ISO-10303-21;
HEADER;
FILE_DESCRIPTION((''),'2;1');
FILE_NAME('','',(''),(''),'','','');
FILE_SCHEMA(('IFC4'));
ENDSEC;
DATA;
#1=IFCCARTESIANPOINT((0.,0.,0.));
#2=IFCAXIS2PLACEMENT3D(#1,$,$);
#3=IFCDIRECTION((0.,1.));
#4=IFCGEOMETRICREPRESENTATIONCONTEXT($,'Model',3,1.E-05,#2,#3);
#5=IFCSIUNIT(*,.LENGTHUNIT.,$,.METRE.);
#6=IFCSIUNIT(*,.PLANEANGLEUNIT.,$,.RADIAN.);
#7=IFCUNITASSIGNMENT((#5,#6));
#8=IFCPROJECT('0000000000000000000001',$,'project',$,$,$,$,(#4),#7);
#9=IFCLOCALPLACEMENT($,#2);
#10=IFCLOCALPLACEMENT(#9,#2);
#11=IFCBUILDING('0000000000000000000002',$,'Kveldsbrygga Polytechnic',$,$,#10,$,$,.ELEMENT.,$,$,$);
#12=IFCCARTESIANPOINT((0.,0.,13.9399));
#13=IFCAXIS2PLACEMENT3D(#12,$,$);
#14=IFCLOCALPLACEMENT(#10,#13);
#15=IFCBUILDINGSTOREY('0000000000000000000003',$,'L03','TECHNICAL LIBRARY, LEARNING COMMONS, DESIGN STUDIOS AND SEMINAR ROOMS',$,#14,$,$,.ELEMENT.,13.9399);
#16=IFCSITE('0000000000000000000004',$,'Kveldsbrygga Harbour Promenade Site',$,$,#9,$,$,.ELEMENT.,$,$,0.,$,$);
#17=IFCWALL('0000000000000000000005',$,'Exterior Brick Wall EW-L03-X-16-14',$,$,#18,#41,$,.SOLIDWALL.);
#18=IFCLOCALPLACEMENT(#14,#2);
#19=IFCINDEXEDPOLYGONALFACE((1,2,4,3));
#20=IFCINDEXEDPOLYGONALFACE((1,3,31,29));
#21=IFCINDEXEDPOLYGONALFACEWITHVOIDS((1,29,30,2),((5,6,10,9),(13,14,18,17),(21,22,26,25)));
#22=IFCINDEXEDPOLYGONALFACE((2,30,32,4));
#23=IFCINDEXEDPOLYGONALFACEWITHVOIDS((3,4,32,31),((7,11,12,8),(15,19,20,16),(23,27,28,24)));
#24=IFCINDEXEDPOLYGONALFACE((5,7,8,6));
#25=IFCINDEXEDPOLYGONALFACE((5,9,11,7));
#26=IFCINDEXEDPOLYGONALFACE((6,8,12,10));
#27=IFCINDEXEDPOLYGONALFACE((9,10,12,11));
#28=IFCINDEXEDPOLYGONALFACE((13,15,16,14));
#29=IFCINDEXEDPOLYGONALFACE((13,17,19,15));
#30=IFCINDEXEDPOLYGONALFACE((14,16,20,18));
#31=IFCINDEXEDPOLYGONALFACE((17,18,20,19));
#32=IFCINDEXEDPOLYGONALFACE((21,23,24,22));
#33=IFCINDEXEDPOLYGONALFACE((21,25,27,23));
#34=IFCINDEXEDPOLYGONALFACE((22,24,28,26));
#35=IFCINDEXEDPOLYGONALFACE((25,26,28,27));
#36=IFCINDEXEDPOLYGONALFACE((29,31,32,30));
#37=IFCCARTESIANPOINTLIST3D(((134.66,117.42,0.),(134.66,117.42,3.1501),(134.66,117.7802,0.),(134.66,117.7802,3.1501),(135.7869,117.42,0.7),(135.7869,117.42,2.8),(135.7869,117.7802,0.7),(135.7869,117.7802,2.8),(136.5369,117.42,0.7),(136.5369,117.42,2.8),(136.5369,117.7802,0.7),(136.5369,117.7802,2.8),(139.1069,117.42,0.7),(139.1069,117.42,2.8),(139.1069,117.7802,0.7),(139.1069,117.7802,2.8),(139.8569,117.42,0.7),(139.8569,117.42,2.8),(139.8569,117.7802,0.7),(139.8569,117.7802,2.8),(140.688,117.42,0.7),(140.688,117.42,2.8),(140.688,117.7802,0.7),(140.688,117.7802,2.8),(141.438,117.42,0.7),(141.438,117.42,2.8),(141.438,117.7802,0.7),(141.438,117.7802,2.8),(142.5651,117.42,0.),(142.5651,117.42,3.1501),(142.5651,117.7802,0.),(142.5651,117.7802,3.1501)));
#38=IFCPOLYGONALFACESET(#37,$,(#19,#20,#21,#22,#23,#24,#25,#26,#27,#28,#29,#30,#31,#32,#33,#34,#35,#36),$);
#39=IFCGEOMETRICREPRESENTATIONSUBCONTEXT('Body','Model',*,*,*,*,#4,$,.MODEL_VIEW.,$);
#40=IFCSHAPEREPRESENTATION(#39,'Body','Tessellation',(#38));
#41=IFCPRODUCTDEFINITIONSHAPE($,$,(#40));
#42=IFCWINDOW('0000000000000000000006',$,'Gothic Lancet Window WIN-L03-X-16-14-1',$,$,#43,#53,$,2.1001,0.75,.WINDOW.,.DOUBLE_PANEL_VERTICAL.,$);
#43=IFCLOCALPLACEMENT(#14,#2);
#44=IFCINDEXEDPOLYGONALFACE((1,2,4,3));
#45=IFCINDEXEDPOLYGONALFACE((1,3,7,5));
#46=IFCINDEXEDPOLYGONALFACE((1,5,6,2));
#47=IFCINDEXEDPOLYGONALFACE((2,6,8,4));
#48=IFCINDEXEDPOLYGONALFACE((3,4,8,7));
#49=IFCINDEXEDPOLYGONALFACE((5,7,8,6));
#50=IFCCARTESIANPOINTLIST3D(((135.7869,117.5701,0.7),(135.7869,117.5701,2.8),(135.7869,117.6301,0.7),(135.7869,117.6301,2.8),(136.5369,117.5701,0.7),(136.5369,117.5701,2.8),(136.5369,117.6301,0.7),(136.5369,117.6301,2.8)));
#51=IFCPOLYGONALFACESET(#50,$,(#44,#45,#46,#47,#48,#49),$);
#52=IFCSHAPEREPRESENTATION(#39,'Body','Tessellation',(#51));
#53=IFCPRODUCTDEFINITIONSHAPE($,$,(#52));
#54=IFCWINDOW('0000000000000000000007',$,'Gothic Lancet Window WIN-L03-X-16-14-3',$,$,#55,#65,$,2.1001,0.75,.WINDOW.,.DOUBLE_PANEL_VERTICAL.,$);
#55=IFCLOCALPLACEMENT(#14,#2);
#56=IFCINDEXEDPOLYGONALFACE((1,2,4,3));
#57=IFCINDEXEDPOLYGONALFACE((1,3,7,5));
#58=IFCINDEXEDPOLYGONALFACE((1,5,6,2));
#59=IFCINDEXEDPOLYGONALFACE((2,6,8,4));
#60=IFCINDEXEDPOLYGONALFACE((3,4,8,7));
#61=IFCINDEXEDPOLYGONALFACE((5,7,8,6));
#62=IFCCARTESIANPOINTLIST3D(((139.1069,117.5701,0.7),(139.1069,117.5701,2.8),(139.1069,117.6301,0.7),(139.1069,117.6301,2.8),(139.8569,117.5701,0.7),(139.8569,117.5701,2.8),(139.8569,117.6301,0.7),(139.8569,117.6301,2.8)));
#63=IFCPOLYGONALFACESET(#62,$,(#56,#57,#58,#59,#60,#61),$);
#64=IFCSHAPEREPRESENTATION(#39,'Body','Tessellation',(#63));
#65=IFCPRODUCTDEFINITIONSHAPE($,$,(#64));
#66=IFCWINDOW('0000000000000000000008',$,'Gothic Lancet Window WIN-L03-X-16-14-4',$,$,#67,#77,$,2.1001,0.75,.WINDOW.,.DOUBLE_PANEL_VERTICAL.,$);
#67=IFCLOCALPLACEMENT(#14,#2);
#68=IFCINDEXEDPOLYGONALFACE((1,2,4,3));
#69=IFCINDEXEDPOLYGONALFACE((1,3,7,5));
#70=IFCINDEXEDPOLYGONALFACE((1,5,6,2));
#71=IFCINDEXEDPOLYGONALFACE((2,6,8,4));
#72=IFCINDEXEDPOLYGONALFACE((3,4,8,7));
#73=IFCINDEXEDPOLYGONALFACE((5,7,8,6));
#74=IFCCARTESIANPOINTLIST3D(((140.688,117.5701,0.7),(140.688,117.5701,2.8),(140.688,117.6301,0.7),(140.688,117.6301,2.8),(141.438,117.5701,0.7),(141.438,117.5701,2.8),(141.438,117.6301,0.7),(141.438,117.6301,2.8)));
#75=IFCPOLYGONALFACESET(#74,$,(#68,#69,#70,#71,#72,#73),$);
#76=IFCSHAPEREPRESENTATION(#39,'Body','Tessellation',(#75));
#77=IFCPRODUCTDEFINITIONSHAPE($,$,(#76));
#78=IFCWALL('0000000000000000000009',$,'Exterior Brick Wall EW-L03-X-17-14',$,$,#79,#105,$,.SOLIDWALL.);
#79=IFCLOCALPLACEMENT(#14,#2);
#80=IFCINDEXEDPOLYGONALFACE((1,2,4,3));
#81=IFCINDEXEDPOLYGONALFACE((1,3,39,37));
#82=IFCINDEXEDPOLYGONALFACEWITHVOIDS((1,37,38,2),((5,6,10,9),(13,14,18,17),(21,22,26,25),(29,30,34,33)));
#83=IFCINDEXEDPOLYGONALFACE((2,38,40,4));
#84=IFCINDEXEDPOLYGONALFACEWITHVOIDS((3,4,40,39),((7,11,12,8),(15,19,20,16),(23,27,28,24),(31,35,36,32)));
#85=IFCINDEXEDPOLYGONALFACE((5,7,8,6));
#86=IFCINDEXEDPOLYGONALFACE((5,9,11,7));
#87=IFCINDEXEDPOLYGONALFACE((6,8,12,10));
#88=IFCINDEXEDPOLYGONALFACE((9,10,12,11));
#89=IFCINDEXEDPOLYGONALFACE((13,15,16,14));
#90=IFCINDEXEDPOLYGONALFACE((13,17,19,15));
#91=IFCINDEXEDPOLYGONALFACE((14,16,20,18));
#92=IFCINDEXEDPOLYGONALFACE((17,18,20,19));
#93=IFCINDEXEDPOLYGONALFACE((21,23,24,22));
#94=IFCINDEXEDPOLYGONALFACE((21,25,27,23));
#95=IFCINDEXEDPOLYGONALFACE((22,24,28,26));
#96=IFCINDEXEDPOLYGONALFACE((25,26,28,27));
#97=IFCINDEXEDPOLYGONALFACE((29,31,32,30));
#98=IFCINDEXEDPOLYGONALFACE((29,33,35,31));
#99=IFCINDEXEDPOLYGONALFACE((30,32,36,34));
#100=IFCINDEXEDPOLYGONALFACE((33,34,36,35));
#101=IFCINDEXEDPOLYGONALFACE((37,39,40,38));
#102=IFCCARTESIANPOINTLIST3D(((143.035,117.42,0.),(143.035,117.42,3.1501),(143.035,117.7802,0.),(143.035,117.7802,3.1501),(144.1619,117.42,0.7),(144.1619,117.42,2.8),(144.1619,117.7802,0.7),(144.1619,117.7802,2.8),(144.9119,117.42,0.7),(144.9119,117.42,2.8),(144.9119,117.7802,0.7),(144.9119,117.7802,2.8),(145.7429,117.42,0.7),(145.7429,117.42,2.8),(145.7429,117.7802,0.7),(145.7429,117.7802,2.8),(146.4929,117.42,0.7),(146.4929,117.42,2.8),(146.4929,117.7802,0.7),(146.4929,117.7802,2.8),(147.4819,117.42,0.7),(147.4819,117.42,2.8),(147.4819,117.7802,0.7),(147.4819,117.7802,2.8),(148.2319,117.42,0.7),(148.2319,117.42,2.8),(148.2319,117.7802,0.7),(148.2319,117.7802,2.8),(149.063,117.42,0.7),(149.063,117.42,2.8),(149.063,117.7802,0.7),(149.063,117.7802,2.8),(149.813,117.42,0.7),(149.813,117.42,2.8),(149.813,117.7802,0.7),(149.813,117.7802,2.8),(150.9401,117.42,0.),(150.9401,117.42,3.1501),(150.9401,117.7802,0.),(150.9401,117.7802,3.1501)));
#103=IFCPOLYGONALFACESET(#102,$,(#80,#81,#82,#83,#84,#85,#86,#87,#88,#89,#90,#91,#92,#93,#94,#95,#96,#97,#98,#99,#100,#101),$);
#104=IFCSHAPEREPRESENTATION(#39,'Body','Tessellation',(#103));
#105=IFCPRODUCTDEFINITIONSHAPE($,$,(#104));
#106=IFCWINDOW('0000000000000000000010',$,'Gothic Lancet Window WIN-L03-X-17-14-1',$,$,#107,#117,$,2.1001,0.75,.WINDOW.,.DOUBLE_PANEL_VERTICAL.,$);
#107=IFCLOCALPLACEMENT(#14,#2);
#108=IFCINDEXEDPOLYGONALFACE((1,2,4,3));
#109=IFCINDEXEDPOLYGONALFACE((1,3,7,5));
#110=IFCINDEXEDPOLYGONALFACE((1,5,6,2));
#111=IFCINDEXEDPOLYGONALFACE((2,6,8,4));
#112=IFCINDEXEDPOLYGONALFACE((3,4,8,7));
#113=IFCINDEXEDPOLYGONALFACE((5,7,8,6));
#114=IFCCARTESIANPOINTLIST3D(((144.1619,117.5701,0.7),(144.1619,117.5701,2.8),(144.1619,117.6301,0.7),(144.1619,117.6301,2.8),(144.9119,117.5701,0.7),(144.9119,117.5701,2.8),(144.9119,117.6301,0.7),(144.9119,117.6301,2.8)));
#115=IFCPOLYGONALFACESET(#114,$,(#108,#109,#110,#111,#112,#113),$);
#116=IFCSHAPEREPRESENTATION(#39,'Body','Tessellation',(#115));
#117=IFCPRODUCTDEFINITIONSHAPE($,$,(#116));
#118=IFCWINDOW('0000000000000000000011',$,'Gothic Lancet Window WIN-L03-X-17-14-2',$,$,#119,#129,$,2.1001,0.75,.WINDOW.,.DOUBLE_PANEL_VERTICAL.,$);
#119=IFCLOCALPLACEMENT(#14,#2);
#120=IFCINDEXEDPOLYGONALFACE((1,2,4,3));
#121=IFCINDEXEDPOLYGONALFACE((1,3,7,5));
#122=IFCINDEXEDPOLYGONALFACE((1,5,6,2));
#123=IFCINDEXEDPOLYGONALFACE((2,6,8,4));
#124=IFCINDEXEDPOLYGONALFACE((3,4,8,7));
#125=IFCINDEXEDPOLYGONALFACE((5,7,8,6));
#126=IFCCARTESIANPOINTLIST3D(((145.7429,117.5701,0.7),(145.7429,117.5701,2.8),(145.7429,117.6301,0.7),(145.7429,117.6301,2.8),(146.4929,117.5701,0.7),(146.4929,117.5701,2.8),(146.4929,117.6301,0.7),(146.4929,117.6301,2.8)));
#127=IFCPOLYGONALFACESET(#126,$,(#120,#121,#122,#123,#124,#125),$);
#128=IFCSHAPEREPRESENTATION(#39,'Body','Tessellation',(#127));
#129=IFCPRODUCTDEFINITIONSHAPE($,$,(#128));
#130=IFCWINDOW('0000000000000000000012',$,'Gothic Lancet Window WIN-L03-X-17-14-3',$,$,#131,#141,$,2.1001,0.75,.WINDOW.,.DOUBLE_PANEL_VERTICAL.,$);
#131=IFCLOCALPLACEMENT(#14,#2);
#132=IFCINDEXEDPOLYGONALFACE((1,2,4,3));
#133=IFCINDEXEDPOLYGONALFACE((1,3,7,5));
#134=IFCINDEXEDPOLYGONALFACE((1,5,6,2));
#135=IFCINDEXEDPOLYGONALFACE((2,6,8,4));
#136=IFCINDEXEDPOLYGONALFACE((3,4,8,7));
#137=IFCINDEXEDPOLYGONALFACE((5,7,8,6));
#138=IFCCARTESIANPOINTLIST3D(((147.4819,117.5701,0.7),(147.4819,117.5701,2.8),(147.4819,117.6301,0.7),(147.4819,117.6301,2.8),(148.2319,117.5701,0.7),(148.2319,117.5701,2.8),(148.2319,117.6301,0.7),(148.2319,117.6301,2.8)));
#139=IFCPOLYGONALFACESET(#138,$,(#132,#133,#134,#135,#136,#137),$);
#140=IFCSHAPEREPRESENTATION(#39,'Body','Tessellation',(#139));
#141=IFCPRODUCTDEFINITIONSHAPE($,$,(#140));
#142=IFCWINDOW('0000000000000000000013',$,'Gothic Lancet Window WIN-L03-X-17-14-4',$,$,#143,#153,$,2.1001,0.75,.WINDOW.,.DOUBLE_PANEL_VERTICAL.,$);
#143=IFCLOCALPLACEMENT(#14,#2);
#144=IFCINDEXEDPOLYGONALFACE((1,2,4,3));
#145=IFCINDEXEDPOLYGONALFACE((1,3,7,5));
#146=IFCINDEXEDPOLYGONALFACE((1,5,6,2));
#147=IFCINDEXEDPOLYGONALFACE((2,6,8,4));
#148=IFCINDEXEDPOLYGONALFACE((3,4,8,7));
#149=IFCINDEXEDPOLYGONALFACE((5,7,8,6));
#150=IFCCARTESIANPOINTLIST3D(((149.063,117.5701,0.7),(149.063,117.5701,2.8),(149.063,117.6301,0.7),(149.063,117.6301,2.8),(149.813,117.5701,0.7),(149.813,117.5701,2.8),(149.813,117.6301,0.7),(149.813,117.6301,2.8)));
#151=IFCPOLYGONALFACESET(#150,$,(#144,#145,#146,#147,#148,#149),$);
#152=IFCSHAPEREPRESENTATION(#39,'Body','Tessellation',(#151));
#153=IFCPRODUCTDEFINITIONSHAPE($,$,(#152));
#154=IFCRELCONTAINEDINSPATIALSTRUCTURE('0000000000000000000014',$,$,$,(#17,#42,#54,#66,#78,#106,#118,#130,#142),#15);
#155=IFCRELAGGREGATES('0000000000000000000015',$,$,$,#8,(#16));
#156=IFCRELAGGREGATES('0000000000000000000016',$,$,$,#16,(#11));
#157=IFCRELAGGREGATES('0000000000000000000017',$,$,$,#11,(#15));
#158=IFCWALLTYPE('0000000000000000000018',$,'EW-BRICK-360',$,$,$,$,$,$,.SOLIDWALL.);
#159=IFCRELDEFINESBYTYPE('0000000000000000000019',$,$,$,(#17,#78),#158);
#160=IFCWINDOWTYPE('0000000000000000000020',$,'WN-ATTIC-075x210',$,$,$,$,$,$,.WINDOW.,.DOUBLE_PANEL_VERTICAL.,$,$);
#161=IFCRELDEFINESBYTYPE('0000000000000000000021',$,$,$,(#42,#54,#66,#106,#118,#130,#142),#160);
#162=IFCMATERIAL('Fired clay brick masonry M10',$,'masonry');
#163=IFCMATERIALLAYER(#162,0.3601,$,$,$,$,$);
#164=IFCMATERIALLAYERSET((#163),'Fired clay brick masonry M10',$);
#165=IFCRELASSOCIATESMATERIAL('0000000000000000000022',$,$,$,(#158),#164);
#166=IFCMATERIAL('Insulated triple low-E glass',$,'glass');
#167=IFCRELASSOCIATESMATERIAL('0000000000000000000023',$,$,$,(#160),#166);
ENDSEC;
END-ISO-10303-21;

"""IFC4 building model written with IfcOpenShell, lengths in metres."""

from ifc_helpers import new_model, si_unit, direction, frame, frame_2d, origin, place, context, subcontext, project, spatial, rectangle, extrude, material, layer, layer_set, type_object, element, fill, save


model = new_model("IFC4")

# Units and contexts
model_context = context("Model", 3, precision=1e-05, world=origin(), true_north=direction((0.0, 1.0)))
body_context = subcontext(model_context, "Body", "Model", "MODEL_VIEW")
ifc_project = project(units=[si_unit("LENGTHUNIT", "METRE"), si_unit("PLANEANGLEUNIT", "RADIAN")], contexts=[model_context])

# Site, building, storey
site_placement = place(None, origin())
site = spatial("IfcSite", under=ifc_project, at=site_placement, Name="Kveldsbrygga Harbour Promenade Site", CompositionType="ELEMENT", RefElevation=0.0)
building_placement = place(site_placement, origin())
building = spatial("IfcBuilding", under=site, at=building_placement, Name="Kveldsbrygga Polytechnic", CompositionType="ELEMENT")
storey_placement = place(building_placement, frame((0.0, 0.0, 13.9399)))
storey = spatial("IfcBuildingStorey", under=building, at=storey_placement, Name="L03", Description="TECHNICAL LIBRARY, LEARNING COMMONS, DESIGN STUDIOS AND SEMINAR ROOMS", CompositionType="ELEMENT", Elevation=13.9399)

# Walls, openings, windows
ifc_material_1 = material(Name="Fired clay brick masonry M10", Category="masonry")
ifc_layer_1 = layer(ifc_material_1, 0.3601)
ifc_layer_set_1 = layer_set([ifc_layer_1], Name="Fired clay brick masonry M10")
wall_type_1 = type_object("IfcWallType", Name="EW-BRICK-360", PredefinedType="SOLIDWALL", material=ifc_layer_set_1)
wall_1_placement = place(storey_placement, frame((134.6599, 117.6001, 0.0), z_axis=(0.0, 0.0, 1.0), x_axis=(1.0, 0.0, 0.0)))
wall_1 = element("IfcWall", 1, at=wall_1_placement, inside=storey, type_object=wall_type_1, Name="Exterior Brick Wall EW-L03-X-16-14", PredefinedType="SOLIDWALL", context=body_context, shape_type="SweptSolid", body=[
    extrude(rectangle(XDim=7.905, YDim=0.3601, at=frame_2d((3.9526, 0.0))), origin(), (0.0, 0.0, 1.0), 3.1501),
])
opening_1_placement = place(wall_1_placement, frame((1.127, 0.0, 0.7)))
opening_1 = element("IfcOpeningElement", 2, at=opening_1_placement, cuts=wall_1, PredefinedType="OPENING", context=body_context, shape_type="SweptSolid", body=[
    extrude(rectangle(XDim=0.75, YDim=2.1001, at=frame_2d((0.375, 1.05))), frame((0.0, 0.1899, 0.0), z_axis=(0.0, -1.0, 0.0), x_axis=(1.0, 0.0, 0.0)), (0.0, 0.0, 1.0), 0.3801),
])
opening_2_placement = place(wall_1_placement, frame((4.447, 0.0, 0.7)))
opening_2 = element("IfcOpeningElement", 3, at=opening_2_placement, cuts=wall_1, PredefinedType="OPENING", context=body_context, shape_type="SweptSolid", body=[
    extrude(rectangle(XDim=0.75, YDim=2.1001, at=frame_2d((0.375, 1.05))), frame((0.0, 0.1899, 0.0), z_axis=(0.0, -1.0, 0.0), x_axis=(1.0, 0.0, 0.0)), (0.0, 0.0, 1.0), 0.3801),
])
opening_3_placement = place(wall_1_placement, frame((6.0281, 0.0, 0.7)))
opening_3 = element("IfcOpeningElement", 4, at=opening_3_placement, cuts=wall_1, PredefinedType="OPENING", context=body_context, shape_type="SweptSolid", body=[
    extrude(rectangle(XDim=0.75, YDim=2.1001, at=frame_2d((0.375, 1.05))), frame((0.0, 0.1899, 0.0), z_axis=(0.0, -1.0, 0.0), x_axis=(1.0, 0.0, 0.0)), (0.0, 0.0, 1.0), 0.3801),
])
ifc_material_2 = material(Name="Insulated triple low-E glass", Category="glass")
window_type = type_object("IfcWindowType", Name="WN-ATTIC-075x210", PartitioningType="DOUBLE_PANEL_VERTICAL", PredefinedType="WINDOW", material=ifc_material_2)
window_1_placement = place(opening_1_placement, origin())
window_1 = element("IfcWindow", 5, at=window_1_placement, inside=storey, type_object=window_type, Name="Gothic Lancet Window WIN-L03-X-16-14-1", OverallHeight=2.1001, OverallWidth=0.75, PartitioningType="DOUBLE_PANEL_VERTICAL", PredefinedType="WINDOW", context=body_context, shape_type="SweptSolid", body=[
    extrude(rectangle(XDim=0.75, YDim=2.1001, at=frame_2d((0.375, 1.05))), frame((0.0, 0.03, 0.0), z_axis=(0.0, -1.0, 0.0), x_axis=(1.0, 0.0, 0.0)), (0.0, 0.0, 1.0), 0.0601),
])
fill(opening_1, window_1)
window_2_placement = place(opening_2_placement, origin())
window_2 = element("IfcWindow", 6, at=window_2_placement, inside=storey, type_object=window_type, Name="Gothic Lancet Window WIN-L03-X-16-14-3", OverallHeight=2.1001, OverallWidth=0.75, PartitioningType="DOUBLE_PANEL_VERTICAL", PredefinedType="WINDOW", context=body_context, shape_type="SweptSolid", body=[
    extrude(rectangle(XDim=0.75, YDim=2.1001, at=frame_2d((0.375, 1.05))), frame((0.0, 0.03, 0.0), z_axis=(0.0, -1.0, 0.0), x_axis=(1.0, 0.0, 0.0)), (0.0, 0.0, 1.0), 0.0601),
])
fill(opening_2, window_2)
window_3_placement = place(opening_3_placement, origin())
window_3 = element("IfcWindow", 7, at=window_3_placement, inside=storey, type_object=window_type, Name="Gothic Lancet Window WIN-L03-X-16-14-4", OverallHeight=2.1001, OverallWidth=0.75, PartitioningType="DOUBLE_PANEL_VERTICAL", PredefinedType="WINDOW", context=body_context, shape_type="SweptSolid", body=[
    extrude(rectangle(XDim=0.75, YDim=2.1001, at=frame_2d((0.375, 1.05))), frame((0.0, 0.03, 0.0), z_axis=(0.0, -1.0, 0.0), x_axis=(1.0, 0.0, 0.0)), (0.0, 0.0, 1.0), 0.0601),
])
fill(opening_3, window_3)
wall_2_placement = place(storey_placement, frame((143.0349, 117.6001, 0.0), z_axis=(0.0, 0.0, 1.0), x_axis=(1.0, 0.0, 0.0)))
wall_2 = element("IfcWall", 8, at=wall_2_placement, inside=storey, type_object=wall_type_1, Name="Exterior Brick Wall EW-L03-X-17-14", PredefinedType="SOLIDWALL", context=body_context, shape_type="SweptSolid", body=[
    extrude(rectangle(XDim=7.905, YDim=0.3601, at=frame_2d((3.9526, 0.0))), origin(), (0.0, 0.0, 1.0), 3.1501),
])
opening_4_placement = place(wall_2_placement, frame((1.127, 0.0, 0.7)))
opening_4 = element("IfcOpeningElement", 9, at=opening_4_placement, cuts=wall_2, PredefinedType="OPENING", context=body_context, shape_type="SweptSolid", body=[
    extrude(rectangle(XDim=0.75, YDim=2.1001, at=frame_2d((0.375, 1.05))), frame((0.0, 0.1899, 0.0), z_axis=(0.0, -1.0, 0.0), x_axis=(1.0, 0.0, 0.0)), (0.0, 0.0, 1.0), 0.3801),
])
opening_5_placement = place(wall_2_placement, frame((2.708, 0.0, 0.7)))
opening_5 = element("IfcOpeningElement", 10, at=opening_5_placement, cuts=wall_2, PredefinedType="OPENING", context=body_context, shape_type="SweptSolid", body=[
    extrude(rectangle(XDim=0.75, YDim=2.1001, at=frame_2d((0.375, 1.05))), frame((0.0, 0.1899, 0.0), z_axis=(0.0, -1.0, 0.0), x_axis=(1.0, 0.0, 0.0)), (0.0, 0.0, 1.0), 0.3801),
])
opening_6_placement = place(wall_2_placement, frame((4.447, 0.0, 0.7)))
opening_6 = element("IfcOpeningElement", 11, at=opening_6_placement, cuts=wall_2, PredefinedType="OPENING", context=body_context, shape_type="SweptSolid", body=[
    extrude(rectangle(XDim=0.75, YDim=2.1001, at=frame_2d((0.375, 1.05))), frame((0.0, 0.1899, 0.0), z_axis=(0.0, -1.0, 0.0), x_axis=(1.0, 0.0, 0.0)), (0.0, 0.0, 1.0), 0.3801),
])
opening_7_placement = place(wall_2_placement, frame((6.0281, 0.0, 0.7)))
opening_7 = element("IfcOpeningElement", 12, at=opening_7_placement, cuts=wall_2, PredefinedType="OPENING", context=body_context, shape_type="SweptSolid", body=[
    extrude(rectangle(XDim=0.75, YDim=2.1001, at=frame_2d((0.375, 1.05))), frame((0.0, 0.1899, 0.0), z_axis=(0.0, -1.0, 0.0), x_axis=(1.0, 0.0, 0.0)), (0.0, 0.0, 1.0), 0.3801),
])
window_4_placement = place(opening_4_placement, origin())
window_4 = element("IfcWindow", 13, at=window_4_placement, inside=storey, type_object=window_type, Name="Gothic Lancet Window WIN-L03-X-17-14-1", OverallHeight=2.1001, OverallWidth=0.75, PartitioningType="DOUBLE_PANEL_VERTICAL", PredefinedType="WINDOW", context=body_context, shape_type="SweptSolid", body=[
    extrude(rectangle(XDim=0.75, YDim=2.1001, at=frame_2d((0.375, 1.05))), frame((0.0, 0.03, 0.0), z_axis=(0.0, -1.0, 0.0), x_axis=(1.0, 0.0, 0.0)), (0.0, 0.0, 1.0), 0.0601),
])
fill(opening_4, window_4)
window_5_placement = place(opening_5_placement, origin())
window_5 = element("IfcWindow", 14, at=window_5_placement, inside=storey, type_object=window_type, Name="Gothic Lancet Window WIN-L03-X-17-14-2", OverallHeight=2.1001, OverallWidth=0.75, PartitioningType="DOUBLE_PANEL_VERTICAL", PredefinedType="WINDOW", context=body_context, shape_type="SweptSolid", body=[
    extrude(rectangle(XDim=0.75, YDim=2.1001, at=frame_2d((0.375, 1.05))), frame((0.0, 0.03, 0.0), z_axis=(0.0, -1.0, 0.0), x_axis=(1.0, 0.0, 0.0)), (0.0, 0.0, 1.0), 0.0601),
])
fill(opening_5, window_5)
window_6_placement = place(opening_6_placement, origin())
window_6 = element("IfcWindow", 15, at=window_6_placement, inside=storey, type_object=window_type, Name="Gothic Lancet Window WIN-L03-X-17-14-3", OverallHeight=2.1001, OverallWidth=0.75, PartitioningType="DOUBLE_PANEL_VERTICAL", PredefinedType="WINDOW", context=body_context, shape_type="SweptSolid", body=[
    extrude(rectangle(XDim=0.75, YDim=2.1001, at=frame_2d((0.375, 1.05))), frame((0.0, 0.03, 0.0), z_axis=(0.0, -1.0, 0.0), x_axis=(1.0, 0.0, 0.0)), (0.0, 0.0, 1.0), 0.0601),
])
fill(opening_6, window_6)
window_7_placement = place(opening_7_placement, origin())
window_7 = element("IfcWindow", 16, at=window_7_placement, inside=storey, type_object=window_type, Name="Gothic Lancet Window WIN-L03-X-17-14-4", OverallHeight=2.1001, OverallWidth=0.75, PartitioningType="DOUBLE_PANEL_VERTICAL", PredefinedType="WINDOW", context=body_context, shape_type="SweptSolid", body=[
    extrude(rectangle(XDim=0.75, YDim=2.1001, at=frame_2d((0.375, 1.05))), frame((0.0, 0.03, 0.0), z_axis=(0.0, -1.0, 0.0), x_axis=(1.0, 0.0, 0.0)), (0.0, 0.0, 1.0), 0.0601),
])
fill(opening_7, window_7)

save(model, "model.ifc")
